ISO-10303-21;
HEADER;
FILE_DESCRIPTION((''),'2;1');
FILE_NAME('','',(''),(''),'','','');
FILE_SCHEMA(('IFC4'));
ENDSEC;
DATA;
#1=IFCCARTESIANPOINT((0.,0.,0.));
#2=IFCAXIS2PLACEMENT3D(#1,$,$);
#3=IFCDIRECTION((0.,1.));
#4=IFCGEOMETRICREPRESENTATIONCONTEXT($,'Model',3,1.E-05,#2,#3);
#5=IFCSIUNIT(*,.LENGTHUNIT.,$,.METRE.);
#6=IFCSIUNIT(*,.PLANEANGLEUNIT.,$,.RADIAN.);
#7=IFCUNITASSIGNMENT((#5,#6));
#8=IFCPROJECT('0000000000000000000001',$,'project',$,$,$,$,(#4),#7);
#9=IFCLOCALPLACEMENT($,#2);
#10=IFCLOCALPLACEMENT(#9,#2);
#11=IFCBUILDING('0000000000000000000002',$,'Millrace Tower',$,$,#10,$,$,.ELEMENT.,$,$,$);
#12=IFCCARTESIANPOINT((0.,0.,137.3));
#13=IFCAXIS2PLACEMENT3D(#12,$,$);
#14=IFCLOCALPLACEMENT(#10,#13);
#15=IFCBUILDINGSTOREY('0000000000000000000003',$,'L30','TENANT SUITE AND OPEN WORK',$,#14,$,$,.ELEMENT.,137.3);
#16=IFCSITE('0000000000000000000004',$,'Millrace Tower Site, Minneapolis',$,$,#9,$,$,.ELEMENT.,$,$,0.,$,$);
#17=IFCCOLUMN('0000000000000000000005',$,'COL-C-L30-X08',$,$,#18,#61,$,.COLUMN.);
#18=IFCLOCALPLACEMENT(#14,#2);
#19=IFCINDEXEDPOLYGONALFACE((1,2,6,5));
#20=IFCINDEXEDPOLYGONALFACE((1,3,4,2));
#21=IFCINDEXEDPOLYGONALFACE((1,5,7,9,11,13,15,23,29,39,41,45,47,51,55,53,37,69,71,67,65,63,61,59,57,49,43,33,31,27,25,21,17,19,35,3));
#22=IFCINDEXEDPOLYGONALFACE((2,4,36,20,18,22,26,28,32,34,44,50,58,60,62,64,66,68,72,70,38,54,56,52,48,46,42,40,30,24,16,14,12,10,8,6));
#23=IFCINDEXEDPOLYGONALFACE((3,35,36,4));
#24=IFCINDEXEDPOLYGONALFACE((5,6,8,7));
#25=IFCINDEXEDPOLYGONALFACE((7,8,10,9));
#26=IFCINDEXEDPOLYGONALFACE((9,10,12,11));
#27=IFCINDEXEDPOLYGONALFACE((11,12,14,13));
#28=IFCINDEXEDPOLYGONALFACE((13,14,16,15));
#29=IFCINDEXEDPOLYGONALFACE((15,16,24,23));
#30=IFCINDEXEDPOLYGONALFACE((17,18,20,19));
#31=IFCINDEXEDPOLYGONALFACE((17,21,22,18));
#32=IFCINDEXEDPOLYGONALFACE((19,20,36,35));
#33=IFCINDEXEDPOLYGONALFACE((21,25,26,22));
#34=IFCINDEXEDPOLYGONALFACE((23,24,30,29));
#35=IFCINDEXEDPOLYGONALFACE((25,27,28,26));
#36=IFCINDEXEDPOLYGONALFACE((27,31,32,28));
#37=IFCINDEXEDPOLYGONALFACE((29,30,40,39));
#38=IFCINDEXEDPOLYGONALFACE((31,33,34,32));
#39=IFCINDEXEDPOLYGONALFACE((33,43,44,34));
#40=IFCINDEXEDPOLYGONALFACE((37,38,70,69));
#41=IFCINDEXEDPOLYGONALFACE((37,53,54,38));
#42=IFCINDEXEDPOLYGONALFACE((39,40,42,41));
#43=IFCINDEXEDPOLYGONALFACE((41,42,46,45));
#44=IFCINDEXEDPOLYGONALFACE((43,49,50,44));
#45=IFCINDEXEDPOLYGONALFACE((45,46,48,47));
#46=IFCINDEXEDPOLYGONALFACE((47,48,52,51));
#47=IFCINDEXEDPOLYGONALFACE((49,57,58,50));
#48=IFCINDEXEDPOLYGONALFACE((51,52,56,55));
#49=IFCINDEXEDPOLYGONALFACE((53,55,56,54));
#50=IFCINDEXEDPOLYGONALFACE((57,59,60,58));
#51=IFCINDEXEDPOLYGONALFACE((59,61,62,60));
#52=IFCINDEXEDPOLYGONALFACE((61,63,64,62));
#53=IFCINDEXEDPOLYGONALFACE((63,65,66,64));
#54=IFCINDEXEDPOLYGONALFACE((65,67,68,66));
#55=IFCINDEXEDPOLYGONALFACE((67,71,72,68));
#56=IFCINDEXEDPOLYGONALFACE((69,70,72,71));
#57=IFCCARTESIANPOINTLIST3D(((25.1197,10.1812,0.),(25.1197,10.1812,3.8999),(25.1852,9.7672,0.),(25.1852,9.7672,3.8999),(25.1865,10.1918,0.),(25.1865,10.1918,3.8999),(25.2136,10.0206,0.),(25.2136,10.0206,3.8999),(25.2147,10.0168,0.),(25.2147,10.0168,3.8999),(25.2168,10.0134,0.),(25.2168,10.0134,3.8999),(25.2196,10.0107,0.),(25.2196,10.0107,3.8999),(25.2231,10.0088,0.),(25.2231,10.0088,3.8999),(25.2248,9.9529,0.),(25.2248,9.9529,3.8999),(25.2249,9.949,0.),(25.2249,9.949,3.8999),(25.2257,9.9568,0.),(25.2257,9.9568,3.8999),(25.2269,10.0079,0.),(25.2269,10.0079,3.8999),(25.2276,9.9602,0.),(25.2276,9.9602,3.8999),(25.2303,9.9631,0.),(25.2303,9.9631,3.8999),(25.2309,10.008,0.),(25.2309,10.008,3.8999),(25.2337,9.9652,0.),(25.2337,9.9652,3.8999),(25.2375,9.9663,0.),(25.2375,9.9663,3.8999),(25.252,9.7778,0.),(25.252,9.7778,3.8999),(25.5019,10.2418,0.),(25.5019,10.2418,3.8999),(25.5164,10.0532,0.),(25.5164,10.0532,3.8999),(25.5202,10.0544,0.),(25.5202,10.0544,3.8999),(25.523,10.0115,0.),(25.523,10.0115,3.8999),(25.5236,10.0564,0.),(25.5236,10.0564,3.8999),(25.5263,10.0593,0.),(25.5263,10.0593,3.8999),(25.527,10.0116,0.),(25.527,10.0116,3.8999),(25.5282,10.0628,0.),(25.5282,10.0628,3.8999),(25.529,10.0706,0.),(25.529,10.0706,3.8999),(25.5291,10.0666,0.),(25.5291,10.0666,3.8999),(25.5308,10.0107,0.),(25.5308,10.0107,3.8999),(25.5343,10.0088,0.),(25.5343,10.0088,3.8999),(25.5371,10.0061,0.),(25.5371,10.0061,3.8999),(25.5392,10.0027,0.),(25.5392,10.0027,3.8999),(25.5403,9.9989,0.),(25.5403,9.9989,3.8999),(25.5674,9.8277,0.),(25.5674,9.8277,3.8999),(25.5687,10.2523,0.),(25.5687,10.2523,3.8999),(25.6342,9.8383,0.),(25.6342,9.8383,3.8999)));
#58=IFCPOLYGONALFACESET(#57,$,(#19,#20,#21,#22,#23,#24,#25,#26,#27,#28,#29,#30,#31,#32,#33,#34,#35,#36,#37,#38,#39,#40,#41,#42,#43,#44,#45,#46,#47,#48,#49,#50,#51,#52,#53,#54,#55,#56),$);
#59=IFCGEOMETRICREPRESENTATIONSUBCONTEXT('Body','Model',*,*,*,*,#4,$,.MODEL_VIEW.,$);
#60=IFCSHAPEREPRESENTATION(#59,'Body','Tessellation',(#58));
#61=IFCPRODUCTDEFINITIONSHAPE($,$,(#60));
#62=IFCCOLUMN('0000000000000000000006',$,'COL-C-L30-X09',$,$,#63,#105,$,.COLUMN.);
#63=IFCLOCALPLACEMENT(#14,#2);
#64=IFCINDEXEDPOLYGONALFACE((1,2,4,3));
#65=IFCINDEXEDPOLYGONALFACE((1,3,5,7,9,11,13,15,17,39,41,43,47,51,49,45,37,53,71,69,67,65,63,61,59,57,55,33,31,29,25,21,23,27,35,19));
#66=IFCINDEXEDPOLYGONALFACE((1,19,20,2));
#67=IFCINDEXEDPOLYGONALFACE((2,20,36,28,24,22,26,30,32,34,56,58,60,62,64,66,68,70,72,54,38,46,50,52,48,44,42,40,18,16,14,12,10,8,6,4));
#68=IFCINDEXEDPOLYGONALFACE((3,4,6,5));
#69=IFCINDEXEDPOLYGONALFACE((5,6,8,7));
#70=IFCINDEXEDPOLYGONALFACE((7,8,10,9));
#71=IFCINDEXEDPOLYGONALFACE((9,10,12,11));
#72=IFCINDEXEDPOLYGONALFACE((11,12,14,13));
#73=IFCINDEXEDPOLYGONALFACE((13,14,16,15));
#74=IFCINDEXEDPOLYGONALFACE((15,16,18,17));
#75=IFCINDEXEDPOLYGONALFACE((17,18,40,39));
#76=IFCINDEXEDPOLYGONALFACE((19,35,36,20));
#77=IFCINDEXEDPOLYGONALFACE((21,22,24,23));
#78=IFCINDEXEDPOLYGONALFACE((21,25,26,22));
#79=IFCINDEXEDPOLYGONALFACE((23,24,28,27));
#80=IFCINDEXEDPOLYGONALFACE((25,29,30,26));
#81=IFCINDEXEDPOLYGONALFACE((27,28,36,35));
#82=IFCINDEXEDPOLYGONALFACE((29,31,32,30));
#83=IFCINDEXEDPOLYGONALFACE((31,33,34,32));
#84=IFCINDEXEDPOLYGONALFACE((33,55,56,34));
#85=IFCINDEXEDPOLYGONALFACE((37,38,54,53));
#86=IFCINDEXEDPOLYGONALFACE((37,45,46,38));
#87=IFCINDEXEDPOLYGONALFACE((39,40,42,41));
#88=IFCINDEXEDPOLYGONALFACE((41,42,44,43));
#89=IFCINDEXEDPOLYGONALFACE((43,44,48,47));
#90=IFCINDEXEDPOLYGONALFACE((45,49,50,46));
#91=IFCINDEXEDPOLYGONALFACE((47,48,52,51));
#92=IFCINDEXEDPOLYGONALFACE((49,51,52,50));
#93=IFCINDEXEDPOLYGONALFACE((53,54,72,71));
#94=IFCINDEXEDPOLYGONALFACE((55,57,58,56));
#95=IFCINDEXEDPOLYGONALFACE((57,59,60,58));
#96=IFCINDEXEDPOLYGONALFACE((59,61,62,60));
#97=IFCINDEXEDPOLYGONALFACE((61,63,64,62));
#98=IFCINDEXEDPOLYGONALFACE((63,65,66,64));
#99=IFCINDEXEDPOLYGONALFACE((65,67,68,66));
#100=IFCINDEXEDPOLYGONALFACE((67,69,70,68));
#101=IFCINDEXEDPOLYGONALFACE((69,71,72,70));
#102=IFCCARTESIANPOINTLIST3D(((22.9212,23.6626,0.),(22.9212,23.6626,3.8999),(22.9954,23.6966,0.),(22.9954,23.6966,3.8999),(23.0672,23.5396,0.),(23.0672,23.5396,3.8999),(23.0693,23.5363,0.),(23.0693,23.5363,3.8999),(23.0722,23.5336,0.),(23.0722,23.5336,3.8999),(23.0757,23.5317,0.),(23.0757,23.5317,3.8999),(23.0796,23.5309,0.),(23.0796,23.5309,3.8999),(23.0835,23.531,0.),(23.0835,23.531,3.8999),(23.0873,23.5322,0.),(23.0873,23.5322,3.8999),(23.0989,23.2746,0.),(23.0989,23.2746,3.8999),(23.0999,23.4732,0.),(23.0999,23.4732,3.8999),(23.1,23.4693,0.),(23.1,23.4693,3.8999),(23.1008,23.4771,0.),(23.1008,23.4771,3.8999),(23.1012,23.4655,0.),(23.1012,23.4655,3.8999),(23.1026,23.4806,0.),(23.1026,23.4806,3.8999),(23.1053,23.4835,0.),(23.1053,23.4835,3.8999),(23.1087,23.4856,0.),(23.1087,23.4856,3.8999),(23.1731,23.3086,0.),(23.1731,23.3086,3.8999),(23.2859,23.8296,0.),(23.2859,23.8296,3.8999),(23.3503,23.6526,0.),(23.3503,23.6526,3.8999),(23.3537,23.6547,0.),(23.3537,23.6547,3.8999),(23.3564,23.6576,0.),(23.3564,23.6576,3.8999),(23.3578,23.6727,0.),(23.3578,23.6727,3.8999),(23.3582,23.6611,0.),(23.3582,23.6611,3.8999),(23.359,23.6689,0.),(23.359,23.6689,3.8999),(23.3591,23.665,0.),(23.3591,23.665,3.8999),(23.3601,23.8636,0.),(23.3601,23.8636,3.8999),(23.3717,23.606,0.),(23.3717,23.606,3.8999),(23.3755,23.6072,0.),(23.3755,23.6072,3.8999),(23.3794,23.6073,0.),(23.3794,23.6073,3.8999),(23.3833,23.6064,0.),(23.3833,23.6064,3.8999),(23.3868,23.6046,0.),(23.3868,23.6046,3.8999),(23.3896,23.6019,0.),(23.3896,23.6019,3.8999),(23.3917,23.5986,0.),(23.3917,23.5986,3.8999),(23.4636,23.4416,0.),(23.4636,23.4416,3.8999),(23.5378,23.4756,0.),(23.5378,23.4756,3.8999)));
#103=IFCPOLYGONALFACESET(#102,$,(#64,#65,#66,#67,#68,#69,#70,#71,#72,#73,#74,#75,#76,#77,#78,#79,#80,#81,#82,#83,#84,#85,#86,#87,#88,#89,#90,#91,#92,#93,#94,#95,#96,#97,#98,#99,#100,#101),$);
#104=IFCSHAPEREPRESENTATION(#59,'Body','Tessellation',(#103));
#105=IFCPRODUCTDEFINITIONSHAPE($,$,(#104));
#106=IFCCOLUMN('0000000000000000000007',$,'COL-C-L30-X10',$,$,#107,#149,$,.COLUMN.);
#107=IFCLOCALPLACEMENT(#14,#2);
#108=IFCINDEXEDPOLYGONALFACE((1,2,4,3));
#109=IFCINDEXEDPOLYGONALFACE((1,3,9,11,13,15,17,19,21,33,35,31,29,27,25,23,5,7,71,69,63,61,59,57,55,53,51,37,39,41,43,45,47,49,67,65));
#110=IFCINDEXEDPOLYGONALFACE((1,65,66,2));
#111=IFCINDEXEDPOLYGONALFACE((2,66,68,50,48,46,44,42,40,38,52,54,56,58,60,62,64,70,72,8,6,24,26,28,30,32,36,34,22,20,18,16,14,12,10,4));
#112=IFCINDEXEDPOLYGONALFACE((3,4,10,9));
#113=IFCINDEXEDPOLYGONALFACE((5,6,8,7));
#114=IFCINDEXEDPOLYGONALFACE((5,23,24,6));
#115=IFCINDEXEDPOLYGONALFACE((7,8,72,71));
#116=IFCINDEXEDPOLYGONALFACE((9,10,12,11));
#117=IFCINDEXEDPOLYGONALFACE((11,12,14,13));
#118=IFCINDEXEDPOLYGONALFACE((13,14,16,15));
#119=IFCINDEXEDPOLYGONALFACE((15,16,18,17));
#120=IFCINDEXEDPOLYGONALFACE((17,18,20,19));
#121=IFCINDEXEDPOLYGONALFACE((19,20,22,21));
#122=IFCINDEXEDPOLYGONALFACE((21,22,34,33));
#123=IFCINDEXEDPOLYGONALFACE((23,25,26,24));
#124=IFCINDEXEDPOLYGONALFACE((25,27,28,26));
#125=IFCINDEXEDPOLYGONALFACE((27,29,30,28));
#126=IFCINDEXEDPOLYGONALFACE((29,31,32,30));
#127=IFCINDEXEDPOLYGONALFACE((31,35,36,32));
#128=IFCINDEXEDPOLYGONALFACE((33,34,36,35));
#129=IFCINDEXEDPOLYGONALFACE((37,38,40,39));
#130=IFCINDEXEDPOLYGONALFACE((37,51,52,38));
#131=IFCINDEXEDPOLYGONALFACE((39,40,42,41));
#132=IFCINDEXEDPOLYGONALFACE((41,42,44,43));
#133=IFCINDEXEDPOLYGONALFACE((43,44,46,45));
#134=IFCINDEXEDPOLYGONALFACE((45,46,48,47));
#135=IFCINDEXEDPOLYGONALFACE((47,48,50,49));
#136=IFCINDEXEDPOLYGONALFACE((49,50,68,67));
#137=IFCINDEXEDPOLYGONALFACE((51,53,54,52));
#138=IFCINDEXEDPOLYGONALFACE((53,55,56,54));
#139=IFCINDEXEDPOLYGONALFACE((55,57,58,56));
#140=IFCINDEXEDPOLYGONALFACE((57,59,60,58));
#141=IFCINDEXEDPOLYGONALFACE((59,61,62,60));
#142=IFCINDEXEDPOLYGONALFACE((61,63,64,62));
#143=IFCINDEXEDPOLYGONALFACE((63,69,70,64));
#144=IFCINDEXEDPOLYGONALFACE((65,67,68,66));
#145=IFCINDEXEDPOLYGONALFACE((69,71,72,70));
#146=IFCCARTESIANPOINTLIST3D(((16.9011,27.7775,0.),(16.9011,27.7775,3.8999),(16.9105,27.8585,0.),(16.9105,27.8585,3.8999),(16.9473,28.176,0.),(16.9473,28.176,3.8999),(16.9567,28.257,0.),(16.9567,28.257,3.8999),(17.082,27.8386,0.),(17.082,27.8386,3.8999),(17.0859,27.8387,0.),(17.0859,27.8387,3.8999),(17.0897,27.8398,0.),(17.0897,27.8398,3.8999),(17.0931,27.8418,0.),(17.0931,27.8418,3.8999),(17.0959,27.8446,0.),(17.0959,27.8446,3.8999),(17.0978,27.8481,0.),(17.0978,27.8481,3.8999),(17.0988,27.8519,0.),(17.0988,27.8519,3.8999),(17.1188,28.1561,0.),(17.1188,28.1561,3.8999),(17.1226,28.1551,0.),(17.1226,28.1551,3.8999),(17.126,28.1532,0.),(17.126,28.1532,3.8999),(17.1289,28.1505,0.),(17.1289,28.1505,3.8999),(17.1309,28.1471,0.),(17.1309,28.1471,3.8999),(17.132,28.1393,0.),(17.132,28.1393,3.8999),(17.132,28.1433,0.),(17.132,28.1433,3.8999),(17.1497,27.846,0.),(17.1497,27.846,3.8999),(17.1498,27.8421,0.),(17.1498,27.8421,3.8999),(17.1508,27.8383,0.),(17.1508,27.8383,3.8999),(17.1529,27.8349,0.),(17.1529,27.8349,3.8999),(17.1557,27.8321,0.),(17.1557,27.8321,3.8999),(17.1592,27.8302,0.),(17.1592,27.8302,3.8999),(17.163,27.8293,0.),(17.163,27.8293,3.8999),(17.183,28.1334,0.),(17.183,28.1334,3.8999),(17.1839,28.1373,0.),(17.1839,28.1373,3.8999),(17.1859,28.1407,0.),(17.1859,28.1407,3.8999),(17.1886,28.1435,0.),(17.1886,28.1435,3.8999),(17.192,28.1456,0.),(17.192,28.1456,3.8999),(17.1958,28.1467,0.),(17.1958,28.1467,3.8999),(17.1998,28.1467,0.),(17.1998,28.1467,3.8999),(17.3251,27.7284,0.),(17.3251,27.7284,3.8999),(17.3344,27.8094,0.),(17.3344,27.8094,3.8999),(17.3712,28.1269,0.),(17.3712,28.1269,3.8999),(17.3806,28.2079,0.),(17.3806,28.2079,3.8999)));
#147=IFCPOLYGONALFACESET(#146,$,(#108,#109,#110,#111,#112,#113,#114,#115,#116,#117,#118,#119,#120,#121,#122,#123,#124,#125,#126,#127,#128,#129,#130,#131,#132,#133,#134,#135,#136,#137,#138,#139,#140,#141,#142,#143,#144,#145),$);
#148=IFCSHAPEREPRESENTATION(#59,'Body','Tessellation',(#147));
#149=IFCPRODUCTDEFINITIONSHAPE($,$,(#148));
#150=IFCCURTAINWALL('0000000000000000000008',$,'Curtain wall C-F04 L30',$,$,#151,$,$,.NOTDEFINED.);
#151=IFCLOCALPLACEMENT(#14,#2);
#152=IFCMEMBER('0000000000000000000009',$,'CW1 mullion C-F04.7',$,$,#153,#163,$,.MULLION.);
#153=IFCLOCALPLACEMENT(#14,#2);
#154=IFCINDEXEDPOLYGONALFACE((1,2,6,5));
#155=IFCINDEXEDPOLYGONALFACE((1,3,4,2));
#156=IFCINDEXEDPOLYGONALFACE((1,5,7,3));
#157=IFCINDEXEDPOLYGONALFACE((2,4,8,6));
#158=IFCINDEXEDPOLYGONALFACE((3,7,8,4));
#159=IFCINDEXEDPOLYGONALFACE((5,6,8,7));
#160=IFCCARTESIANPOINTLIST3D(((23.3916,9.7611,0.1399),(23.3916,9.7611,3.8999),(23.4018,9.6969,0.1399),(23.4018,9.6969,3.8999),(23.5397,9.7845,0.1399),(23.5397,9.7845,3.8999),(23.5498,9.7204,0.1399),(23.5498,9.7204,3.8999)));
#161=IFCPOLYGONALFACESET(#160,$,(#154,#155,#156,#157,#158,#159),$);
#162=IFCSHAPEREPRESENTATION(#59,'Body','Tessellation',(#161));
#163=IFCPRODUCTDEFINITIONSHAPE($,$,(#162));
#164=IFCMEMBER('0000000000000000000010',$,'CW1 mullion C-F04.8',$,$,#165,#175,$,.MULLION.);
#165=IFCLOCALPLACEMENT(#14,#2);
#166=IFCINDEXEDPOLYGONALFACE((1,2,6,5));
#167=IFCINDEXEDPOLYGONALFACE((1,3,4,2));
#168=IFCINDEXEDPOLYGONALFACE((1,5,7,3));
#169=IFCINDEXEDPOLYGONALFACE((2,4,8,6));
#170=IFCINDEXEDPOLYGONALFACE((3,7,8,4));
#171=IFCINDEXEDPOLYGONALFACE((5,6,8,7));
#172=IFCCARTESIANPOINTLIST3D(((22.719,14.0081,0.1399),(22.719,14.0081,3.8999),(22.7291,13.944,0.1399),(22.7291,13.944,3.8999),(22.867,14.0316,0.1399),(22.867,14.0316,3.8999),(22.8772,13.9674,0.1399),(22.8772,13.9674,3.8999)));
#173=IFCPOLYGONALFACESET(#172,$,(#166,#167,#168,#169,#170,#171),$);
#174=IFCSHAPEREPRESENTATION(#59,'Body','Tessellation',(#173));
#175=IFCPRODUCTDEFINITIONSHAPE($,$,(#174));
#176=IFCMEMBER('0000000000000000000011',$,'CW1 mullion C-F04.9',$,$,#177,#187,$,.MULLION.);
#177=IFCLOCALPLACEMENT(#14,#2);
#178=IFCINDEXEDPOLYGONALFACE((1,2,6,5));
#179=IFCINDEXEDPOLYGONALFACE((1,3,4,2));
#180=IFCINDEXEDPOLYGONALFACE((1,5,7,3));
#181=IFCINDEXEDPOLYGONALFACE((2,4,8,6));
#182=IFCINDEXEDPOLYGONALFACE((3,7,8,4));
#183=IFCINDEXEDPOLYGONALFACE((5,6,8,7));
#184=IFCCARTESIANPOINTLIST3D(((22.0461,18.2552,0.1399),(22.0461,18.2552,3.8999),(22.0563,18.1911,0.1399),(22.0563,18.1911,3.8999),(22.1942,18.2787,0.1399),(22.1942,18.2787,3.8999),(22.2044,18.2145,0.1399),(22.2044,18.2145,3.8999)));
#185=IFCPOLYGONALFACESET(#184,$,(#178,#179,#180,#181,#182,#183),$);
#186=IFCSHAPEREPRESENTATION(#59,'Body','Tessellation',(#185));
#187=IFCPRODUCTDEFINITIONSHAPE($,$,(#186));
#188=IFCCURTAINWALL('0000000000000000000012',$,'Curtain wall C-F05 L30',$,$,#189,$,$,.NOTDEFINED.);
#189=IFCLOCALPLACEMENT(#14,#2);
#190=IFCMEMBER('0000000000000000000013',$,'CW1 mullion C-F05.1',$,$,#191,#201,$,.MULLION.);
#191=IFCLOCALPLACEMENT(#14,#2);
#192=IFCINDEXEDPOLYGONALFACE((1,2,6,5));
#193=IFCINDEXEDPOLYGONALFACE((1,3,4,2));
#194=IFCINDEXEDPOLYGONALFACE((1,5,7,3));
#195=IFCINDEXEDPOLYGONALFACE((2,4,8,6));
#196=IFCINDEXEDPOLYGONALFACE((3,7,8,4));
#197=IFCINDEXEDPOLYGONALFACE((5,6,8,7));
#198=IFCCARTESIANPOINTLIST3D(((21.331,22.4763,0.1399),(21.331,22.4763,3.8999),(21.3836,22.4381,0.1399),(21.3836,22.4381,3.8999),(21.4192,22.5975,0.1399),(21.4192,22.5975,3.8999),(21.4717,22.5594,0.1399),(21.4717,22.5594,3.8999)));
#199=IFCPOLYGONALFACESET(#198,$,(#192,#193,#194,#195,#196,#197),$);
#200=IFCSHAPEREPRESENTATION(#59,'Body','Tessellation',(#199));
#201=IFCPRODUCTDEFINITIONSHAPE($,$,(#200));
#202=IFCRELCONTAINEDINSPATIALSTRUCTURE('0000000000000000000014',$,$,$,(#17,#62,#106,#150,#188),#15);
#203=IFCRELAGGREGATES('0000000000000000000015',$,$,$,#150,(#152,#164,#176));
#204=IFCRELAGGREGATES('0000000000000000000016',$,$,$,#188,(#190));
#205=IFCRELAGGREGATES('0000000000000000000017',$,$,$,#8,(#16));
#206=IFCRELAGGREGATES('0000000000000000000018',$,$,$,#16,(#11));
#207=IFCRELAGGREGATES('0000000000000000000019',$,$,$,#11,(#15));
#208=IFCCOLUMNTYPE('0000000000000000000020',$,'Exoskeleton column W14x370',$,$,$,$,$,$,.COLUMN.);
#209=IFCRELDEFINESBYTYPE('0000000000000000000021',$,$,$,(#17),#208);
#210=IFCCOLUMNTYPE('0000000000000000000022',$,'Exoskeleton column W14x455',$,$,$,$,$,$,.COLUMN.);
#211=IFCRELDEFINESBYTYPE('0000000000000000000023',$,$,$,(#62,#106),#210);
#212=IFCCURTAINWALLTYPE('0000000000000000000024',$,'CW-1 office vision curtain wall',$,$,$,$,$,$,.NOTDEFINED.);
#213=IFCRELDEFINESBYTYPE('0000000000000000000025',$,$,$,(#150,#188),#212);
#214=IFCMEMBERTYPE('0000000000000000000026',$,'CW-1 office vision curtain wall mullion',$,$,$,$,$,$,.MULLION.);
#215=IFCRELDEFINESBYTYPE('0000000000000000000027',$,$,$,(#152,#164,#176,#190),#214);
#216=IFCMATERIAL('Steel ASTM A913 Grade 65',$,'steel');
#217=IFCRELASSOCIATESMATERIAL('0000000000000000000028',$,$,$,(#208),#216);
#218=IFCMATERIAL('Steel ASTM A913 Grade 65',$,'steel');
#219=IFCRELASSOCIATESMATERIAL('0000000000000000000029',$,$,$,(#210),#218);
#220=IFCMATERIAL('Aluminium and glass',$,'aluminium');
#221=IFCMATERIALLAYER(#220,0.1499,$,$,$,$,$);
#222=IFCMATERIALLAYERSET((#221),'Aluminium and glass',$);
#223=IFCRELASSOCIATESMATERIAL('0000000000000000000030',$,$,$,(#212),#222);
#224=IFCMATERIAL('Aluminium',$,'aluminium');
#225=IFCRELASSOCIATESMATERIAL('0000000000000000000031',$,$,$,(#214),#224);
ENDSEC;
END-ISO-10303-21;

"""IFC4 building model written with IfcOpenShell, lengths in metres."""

from ifc_helpers import new_model, si_unit, direction, frame, origin, origin_2d, place, context, subcontext, project, spatial, rectangle, i_section, extrude, material, layer, layer_set, material_profile, profile_set, type_object, element, aggregate, save


model = new_model("IFC4")

# Units and contexts
model_context = context("Model", 3, precision=1e-05, world=origin(), true_north=direction((0.0, 1.0)))
body_context = subcontext(model_context, "Body", "Model", "MODEL_VIEW")
ifc_project = project(units=[si_unit("LENGTHUNIT", "METRE"), si_unit("PLANEANGLEUNIT", "RADIAN")], contexts=[model_context])

# Site, building, storey
site_placement = place(None, origin())
site = spatial("IfcSite", under=ifc_project, at=site_placement, Name="Millrace Tower Site, Minneapolis", CompositionType="ELEMENT", RefElevation=0.0)
building_placement = place(site_placement, origin())
building = spatial("IfcBuilding", under=site, at=building_placement, Name="Millrace Tower", CompositionType="ELEMENT")
storey_placement = place(building_placement, frame((0.0, 0.0, 137.3)))
storey = spatial("IfcBuildingStorey", under=building, at=storey_placement, Name="L30", Description="TENANT SUITE AND OPEN WORK", CompositionType="ELEMENT", Elevation=137.3)

# Columns
ifc_material_1 = material(Name="Steel ASTM A913 Grade 65", Category="steel")
ifc_material_profile_1 = material_profile(ifc_material_1, i_section(OverallWidth=0.4192, OverallDepth=0.4546, WebThickness=0.0422, FlangeThickness=0.0676, FilletRadius=0.0151, at=origin_2d()))
ifc_profile_set_1 = profile_set([ifc_material_profile_1], Name="Steel ASTM A913 Grade 65")
column_type_1 = type_object("IfcColumnType", Name="Exoskeleton column W14x370", PredefinedType="COLUMN", material=ifc_profile_set_1)
column_placement = place(storey_placement, frame((25.377, 10.0098, 0.0), z_axis=(0.0, 0.0, 1.0), x_axis=(-0.156434, 0.987688, 0.0)))
element("IfcColumn", 1, at=column_placement, inside=storey, type_object=column_type_1, Name="COL-C-L30-X08", PredefinedType="COLUMN", context=body_context, shape_type="SweptSolid", body=[
    extrude(i_section(OverallWidth=0.4192, OverallDepth=0.4546, WebThickness=0.0422, FlangeThickness=0.0676, FilletRadius=0.0151, at=origin_2d()), origin(), (0.0, 0.0, 1.0), 3.8999),
])
ifc_material_2 = material(Name="Steel ASTM A913 Grade 65", Category="steel")
ifc_material_profile_2 = material_profile(ifc_material_2, i_section(OverallWidth=0.4268, OverallDepth=0.4827, WebThickness=0.0513, FlangeThickness=0.0815, FilletRadius=0.0151, at=origin_2d()))
ifc_profile_set_2 = profile_set([ifc_material_profile_2], Name="Steel ASTM A913 Grade 65")
column_type_2 = type_object("IfcColumnType", Name="Exoskeleton column W14x455", PredefinedType="COLUMN", material=ifc_profile_set_2)
for number, where, z_axis, x_axis, name in (
    (2, (23.2295, 23.5691, 0.0), (0.0, 0.0, 1.0), (-0.416401, 0.909181, 0.0), "COL-C-L30-X09"),
    (3, (17.1409, 27.9927, 0.0), (0.0, 0.0, 1.0), (-0.993358, 0.115069, 0.0), "COL-C-L30-X10"),
):
    element("IfcColumn", number, at=place(storey_placement, frame(where, z_axis=z_axis, x_axis=x_axis)), inside=storey, type_object=column_type_2, Name=name, PredefinedType="COLUMN", context=body_context, shape_type="SweptSolid", body=[
        extrude(i_section(OverallWidth=0.4268, OverallDepth=0.4827, WebThickness=0.0513, FlangeThickness=0.0815, FilletRadius=0.0151, at=origin_2d()), origin(), (0.0, 0.0, 1.0), 3.8999),
    ])

# Curtain wall, members
ifc_material_3 = material(Name="Aluminium and glass", Category="aluminium")
ifc_layer_1 = layer(ifc_material_3, 0.1499)
ifc_layer_set_1 = layer_set([ifc_layer_1], Name="Aluminium and glass")
curtain_wall_type = type_object("IfcCurtainWallType", Name="CW-1 office vision curtain wall", PredefinedType="NOTDEFINED", material=ifc_layer_set_1)
placement = place(storey_placement, origin())
curtain_wall_1 = element("IfcCurtainWall", 4, at=placement, inside=storey, type_object=curtain_wall_type, Name="Curtain wall C-F04 L30", PredefinedType="NOTDEFINED")
ifc_material_4 = material(Name="Aluminium", Category="aluminium")
ifc_material_profile_3 = material_profile(ifc_material_4, rectangle(XDim=0.0649, YDim=0.1499, at=origin_2d()))
ifc_profile_set_3 = profile_set([ifc_material_profile_3], Name="Aluminium")
member_type_1 = type_object("IfcMemberType", Name="CW-1 office vision curtain wall mullion", PredefinedType="MULLION", material=ifc_profile_set_3)
member_1_placement = place(storey_placement, frame((23.4707, 9.7407, 0.1399), z_axis=(0.0, 0.0, 1.0), x_axis=(-0.156434, 0.987688, 0.0)))
member_1 = element("IfcMember", 5, at=member_1_placement, type_object=member_type_1, Name="CW1 mullion C-F04.7", PredefinedType="MULLION", context=body_context, shape_type="SweptSolid", body=[
    extrude(rectangle(XDim=0.0649, YDim=0.1499, at=origin_2d()), origin(), (0.0, 0.0, 1.0), 3.76),
])
member_2_placement = place(storey_placement, frame((22.7981, 13.9878, 0.1399), z_axis=(0.0, 0.0, 1.0), x_axis=(-0.156434, 0.987688, 0.0)))
member_2 = element("IfcMember", 6, at=member_2_placement, type_object=member_type_1, Name="CW1 mullion C-F04.8", PredefinedType="MULLION", context=body_context, shape_type="SweptSolid", body=[
    extrude(rectangle(XDim=0.0649, YDim=0.1499, at=origin_2d()), origin(), (0.0, 0.0, 1.0), 3.76),
])
member_3_placement = place(storey_placement, frame((22.1252, 18.2349, 0.1399), z_axis=(0.0, 0.0, 1.0), x_axis=(-0.156434, 0.987688, 0.0)))
member_3 = element("IfcMember", 7, at=member_3_placement, type_object=member_type_1, Name="CW1 mullion C-F04.9", PredefinedType="MULLION", context=body_context, shape_type="SweptSolid", body=[
    extrude(rectangle(XDim=0.0649, YDim=0.1499, at=origin_2d()), origin(), (0.0, 0.0, 1.0), 3.76),
])
aggregate(curtain_wall_1, [member_1, member_2, member_3])

# Curtain wall, member
curtain_wall_2 = element("IfcCurtainWall", 8, at=placement, inside=storey, type_object=curtain_wall_type, Name="Curtain wall C-F05 L30", PredefinedType="NOTDEFINED")
member_4_placement = place(storey_placement, frame((21.4014, 22.5178, 0.1399), z_axis=(0.0, 0.0, 1.0), x_axis=(-0.809017, 0.587785, 0.0)))
member_4 = element("IfcMember", 9, at=member_4_placement, type_object=member_type_1, Name="CW1 mullion C-F05.1", PredefinedType="MULLION", context=body_context, shape_type="SweptSolid", body=[
    extrude(rectangle(XDim=0.0649, YDim=0.1499, at=origin_2d()), origin(), (0.0, 0.0, 1.0), 3.76),
])

aggregate(curtain_wall_2, [member_4])

save(model, "model.ifc")
